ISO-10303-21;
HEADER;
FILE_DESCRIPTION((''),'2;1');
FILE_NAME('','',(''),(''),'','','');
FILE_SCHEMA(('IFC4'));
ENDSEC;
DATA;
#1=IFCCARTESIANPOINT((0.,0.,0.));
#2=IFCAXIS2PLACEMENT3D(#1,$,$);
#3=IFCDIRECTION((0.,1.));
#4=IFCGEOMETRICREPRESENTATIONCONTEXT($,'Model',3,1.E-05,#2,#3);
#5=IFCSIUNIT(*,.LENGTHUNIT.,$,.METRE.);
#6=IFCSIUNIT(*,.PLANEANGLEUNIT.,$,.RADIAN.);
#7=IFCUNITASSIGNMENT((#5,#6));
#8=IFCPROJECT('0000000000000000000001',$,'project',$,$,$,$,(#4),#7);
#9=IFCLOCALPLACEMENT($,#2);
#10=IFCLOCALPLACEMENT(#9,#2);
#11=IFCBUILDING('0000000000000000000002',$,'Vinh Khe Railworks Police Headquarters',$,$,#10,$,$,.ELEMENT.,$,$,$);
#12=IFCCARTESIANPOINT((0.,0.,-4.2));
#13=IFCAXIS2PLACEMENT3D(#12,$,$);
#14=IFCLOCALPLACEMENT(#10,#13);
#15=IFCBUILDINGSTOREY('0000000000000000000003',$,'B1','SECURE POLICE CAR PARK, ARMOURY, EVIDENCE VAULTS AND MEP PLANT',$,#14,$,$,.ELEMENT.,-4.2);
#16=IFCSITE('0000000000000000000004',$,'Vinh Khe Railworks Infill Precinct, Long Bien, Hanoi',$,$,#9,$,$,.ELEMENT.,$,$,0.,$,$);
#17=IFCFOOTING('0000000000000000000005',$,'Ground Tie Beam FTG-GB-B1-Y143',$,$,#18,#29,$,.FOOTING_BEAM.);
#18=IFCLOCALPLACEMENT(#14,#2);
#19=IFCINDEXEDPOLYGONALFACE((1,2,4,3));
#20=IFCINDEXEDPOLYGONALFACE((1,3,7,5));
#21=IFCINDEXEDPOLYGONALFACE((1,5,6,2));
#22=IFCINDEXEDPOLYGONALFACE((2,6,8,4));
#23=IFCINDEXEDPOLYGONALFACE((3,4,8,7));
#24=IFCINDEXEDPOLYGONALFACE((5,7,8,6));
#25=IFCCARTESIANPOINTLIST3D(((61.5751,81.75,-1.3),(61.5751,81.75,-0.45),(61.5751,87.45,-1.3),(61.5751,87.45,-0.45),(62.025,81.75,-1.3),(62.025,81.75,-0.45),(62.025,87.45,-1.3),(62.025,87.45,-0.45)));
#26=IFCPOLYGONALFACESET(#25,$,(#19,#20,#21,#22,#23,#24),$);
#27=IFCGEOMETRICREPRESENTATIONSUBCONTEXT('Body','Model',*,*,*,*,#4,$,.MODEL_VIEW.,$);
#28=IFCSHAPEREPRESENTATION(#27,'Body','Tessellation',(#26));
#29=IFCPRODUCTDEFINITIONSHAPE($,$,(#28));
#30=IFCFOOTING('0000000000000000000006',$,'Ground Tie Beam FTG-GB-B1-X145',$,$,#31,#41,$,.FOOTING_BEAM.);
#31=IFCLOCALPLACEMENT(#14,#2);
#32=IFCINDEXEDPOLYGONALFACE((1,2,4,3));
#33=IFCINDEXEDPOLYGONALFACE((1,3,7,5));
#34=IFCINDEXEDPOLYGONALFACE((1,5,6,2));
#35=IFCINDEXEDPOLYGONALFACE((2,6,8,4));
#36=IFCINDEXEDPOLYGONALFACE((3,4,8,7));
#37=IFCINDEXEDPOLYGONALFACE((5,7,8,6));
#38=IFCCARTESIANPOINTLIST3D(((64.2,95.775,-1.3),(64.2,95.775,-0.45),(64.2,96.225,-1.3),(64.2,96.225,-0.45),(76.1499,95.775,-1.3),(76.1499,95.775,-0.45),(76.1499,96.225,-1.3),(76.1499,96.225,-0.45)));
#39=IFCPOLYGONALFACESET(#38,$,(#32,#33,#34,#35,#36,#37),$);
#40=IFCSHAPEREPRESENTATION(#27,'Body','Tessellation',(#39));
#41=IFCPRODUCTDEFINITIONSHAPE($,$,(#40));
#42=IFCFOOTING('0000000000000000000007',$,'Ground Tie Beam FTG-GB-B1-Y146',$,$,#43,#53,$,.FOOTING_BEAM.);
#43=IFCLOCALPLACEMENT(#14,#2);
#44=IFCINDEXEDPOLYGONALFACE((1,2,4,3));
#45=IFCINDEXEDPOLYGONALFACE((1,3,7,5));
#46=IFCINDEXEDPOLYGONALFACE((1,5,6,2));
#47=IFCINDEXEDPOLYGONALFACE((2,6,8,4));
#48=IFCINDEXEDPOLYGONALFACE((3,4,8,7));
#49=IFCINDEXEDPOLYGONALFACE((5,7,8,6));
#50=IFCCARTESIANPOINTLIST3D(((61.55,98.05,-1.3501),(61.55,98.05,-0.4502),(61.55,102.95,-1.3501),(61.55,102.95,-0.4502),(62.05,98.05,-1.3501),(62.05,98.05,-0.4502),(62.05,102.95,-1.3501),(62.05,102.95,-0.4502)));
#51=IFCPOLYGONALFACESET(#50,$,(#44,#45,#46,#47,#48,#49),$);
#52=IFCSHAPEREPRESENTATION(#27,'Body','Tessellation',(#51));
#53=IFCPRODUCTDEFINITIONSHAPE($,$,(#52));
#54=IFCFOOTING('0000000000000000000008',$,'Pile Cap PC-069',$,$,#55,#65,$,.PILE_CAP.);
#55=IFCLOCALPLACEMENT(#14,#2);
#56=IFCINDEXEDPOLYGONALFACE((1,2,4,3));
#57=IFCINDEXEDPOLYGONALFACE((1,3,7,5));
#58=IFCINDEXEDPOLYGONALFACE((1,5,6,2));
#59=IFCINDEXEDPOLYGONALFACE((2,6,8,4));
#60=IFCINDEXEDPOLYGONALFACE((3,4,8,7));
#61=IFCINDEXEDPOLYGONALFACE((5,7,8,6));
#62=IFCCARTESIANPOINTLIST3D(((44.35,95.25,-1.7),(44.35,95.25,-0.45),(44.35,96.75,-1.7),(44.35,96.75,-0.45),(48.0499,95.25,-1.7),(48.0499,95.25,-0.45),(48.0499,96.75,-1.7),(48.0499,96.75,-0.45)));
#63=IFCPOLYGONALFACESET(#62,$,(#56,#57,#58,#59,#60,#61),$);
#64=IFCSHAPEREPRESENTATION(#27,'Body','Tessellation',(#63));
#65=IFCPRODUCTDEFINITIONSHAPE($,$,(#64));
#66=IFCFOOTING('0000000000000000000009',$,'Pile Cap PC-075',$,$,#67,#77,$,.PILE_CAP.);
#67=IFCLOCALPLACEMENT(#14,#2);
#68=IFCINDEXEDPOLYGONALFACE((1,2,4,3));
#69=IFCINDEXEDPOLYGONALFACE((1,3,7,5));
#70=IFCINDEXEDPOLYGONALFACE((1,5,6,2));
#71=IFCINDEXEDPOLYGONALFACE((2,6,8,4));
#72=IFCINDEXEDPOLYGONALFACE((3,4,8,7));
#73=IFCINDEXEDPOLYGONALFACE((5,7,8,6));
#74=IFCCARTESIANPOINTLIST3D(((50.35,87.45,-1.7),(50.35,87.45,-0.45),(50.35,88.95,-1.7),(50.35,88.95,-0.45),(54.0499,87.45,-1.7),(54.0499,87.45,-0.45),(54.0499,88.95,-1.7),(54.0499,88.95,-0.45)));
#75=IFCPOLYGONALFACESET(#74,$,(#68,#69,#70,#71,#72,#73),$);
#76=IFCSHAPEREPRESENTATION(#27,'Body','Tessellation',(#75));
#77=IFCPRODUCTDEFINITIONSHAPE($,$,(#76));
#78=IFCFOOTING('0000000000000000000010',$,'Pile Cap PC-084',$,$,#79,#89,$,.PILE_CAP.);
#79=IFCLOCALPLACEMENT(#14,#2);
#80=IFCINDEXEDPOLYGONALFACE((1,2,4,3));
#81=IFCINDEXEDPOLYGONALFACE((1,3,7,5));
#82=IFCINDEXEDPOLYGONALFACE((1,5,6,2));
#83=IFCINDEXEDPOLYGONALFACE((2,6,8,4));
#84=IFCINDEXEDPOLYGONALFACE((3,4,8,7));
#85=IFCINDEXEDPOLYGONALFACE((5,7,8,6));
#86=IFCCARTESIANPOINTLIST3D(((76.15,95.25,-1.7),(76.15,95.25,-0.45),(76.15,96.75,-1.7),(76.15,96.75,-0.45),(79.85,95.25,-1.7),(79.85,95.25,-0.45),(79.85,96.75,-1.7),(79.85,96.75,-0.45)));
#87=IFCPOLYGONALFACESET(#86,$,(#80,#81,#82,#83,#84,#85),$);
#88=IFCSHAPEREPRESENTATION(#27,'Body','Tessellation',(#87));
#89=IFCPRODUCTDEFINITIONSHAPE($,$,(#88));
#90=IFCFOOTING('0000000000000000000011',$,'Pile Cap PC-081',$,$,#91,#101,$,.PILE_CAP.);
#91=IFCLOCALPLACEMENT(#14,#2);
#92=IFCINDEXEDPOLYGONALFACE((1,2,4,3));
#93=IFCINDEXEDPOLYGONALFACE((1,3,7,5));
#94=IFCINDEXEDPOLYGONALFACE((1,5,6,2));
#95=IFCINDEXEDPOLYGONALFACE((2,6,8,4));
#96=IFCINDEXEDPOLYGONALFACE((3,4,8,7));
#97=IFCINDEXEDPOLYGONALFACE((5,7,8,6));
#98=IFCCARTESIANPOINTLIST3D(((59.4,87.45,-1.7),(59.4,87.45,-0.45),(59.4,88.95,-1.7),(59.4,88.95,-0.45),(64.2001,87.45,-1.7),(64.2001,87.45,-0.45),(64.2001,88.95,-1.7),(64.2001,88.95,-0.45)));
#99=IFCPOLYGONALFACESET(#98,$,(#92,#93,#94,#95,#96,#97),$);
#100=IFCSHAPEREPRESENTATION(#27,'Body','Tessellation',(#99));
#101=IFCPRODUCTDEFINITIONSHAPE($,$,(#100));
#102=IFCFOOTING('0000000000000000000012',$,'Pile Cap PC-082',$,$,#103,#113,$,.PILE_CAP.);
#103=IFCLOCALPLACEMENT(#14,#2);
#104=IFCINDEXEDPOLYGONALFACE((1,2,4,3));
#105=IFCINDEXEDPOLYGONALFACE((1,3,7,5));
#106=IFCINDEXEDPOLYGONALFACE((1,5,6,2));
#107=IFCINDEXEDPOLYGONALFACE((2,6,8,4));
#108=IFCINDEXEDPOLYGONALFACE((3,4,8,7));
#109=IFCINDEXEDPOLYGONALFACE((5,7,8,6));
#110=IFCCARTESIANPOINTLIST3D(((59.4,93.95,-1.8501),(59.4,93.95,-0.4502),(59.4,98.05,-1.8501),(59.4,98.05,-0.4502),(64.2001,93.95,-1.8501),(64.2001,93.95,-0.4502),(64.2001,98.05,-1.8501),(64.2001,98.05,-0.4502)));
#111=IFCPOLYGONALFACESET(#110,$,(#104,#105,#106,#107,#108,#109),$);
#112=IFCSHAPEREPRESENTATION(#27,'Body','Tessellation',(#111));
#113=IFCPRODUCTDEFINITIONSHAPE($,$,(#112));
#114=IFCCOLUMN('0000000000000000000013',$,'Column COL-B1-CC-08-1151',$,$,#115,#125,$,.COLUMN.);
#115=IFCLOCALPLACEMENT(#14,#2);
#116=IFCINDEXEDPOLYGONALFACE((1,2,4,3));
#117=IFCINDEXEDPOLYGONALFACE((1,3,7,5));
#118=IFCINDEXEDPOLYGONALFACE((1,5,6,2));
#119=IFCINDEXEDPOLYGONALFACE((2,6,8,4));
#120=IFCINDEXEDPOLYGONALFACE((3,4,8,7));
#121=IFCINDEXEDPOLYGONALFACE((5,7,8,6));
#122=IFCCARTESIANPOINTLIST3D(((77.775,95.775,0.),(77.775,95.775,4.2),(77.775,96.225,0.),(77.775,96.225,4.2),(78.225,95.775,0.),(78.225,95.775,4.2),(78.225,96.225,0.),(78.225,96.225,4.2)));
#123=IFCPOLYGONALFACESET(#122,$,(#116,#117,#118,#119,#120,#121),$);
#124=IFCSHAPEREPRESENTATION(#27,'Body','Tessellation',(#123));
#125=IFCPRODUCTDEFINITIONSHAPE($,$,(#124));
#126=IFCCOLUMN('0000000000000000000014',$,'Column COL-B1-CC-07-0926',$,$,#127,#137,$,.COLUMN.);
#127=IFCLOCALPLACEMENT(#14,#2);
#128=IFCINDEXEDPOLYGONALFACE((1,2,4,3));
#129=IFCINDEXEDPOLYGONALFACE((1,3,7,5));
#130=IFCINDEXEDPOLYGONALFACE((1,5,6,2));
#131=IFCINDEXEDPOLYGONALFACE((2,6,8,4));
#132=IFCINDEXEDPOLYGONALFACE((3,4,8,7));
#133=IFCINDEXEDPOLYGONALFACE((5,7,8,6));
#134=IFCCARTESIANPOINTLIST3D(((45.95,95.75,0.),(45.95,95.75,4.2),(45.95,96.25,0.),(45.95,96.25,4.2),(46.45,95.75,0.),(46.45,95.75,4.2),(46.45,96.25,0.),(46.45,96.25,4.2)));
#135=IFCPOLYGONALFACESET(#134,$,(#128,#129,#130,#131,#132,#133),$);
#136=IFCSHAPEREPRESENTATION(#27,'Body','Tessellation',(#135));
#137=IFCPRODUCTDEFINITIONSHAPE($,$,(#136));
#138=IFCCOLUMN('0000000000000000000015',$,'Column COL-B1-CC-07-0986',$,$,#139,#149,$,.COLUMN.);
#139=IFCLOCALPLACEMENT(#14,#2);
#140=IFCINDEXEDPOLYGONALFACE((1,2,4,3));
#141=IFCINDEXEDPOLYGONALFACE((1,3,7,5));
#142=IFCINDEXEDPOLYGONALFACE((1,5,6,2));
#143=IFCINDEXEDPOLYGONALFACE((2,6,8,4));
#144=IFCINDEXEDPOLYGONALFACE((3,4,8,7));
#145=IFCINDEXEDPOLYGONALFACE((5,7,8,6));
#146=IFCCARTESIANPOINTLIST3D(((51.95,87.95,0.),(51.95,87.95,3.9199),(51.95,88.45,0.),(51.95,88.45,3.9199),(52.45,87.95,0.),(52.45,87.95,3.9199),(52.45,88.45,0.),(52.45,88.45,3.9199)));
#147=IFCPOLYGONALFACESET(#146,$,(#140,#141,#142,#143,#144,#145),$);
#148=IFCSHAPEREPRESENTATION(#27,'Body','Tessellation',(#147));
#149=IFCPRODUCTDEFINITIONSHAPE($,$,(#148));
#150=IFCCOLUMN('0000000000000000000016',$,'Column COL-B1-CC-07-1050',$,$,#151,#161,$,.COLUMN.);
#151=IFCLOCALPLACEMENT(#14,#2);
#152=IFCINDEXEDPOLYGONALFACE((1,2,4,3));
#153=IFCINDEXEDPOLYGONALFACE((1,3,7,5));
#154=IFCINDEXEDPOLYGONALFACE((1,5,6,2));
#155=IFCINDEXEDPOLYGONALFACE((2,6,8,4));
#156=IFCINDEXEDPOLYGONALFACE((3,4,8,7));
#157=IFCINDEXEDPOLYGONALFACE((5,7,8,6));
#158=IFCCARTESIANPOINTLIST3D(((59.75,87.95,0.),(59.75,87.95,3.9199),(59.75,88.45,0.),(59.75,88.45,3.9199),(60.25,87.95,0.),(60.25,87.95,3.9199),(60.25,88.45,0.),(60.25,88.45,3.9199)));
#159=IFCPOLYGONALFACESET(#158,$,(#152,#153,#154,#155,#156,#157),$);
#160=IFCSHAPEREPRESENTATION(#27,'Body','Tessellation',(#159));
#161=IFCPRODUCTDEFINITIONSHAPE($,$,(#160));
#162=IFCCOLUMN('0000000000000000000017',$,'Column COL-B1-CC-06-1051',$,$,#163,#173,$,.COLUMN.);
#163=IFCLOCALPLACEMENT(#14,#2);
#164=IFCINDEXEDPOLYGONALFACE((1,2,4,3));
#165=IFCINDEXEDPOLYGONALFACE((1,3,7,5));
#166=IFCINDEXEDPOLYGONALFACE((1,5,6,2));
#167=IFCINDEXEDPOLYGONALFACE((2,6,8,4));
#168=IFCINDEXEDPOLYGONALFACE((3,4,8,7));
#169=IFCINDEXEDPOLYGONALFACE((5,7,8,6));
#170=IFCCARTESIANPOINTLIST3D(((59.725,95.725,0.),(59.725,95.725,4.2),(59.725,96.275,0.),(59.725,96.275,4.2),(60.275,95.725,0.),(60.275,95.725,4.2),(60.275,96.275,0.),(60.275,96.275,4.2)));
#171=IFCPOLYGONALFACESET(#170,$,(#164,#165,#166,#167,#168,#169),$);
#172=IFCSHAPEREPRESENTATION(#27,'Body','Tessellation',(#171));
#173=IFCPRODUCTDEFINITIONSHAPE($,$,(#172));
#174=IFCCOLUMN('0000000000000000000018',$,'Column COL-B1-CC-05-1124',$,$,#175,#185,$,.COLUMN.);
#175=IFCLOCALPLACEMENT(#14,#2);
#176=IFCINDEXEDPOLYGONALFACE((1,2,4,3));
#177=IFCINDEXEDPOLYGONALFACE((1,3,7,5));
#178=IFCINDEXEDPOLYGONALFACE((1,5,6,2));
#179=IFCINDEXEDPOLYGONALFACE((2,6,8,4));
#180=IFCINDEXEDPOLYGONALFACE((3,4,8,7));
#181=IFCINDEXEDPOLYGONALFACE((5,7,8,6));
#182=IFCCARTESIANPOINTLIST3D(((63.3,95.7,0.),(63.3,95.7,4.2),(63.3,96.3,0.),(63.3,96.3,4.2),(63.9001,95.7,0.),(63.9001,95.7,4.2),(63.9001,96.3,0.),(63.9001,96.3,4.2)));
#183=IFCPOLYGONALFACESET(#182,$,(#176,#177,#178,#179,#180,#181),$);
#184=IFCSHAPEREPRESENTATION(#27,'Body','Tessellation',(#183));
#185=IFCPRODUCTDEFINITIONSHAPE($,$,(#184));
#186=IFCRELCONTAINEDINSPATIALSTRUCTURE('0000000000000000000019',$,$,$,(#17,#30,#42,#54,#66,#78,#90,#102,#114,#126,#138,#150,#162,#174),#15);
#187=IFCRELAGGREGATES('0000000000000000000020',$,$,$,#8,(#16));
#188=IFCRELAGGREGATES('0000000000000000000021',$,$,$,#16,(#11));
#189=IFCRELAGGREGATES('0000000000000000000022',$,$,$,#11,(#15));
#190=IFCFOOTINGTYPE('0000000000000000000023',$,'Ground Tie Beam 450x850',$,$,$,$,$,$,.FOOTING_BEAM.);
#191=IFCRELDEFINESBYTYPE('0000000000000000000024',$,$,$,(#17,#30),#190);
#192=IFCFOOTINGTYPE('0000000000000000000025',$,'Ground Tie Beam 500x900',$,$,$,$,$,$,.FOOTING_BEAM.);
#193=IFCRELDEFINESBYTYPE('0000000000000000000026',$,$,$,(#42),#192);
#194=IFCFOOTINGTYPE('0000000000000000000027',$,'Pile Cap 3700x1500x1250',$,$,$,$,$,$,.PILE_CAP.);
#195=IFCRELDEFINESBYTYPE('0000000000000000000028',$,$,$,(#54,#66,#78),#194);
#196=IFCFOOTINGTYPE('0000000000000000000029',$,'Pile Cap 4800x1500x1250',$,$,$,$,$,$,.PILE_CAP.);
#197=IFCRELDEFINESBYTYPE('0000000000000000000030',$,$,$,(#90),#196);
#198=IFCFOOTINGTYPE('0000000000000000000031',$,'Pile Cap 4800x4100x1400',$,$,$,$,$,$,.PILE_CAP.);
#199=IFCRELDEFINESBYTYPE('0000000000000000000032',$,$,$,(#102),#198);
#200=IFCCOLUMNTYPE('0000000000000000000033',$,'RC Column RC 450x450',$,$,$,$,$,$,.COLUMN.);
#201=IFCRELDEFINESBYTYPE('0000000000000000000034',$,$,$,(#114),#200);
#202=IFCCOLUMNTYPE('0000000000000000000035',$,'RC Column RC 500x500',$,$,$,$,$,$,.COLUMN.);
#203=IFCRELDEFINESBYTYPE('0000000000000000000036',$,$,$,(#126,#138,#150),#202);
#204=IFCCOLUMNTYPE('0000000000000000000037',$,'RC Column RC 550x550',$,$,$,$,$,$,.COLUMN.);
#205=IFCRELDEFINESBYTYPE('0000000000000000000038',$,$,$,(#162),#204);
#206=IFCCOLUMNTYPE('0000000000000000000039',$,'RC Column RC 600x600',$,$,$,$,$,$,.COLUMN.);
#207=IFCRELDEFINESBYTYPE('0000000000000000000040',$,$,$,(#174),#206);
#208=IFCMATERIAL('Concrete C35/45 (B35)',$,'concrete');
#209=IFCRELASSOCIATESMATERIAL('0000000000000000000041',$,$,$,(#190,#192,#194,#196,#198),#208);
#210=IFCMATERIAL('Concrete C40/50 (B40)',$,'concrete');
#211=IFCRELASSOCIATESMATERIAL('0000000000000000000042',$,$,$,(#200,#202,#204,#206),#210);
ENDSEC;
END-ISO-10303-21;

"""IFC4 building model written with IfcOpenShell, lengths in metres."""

from ifc_helpers import new_model, si_unit, direction, frame, origin, origin_2d, place, context, subcontext, project, spatial, rectangle, extrude, material, material_profile, profile_set, type_object, element, save


model = new_model("IFC4")

# Units and contexts
model_context = context("Model", 3, precision=1e-05, world=origin(), true_north=direction((0.0, 1.0)))
body_context = subcontext(model_context, "Body", "Model", "MODEL_VIEW")
ifc_project = project(units=[si_unit("LENGTHUNIT", "METRE"), si_unit("PLANEANGLEUNIT", "RADIAN")], contexts=[model_context])

# Site, building, storey
site_placement = place(None, origin())
site = spatial("IfcSite", under=ifc_project, at=site_placement, Name="Vinh Khe Railworks Infill Precinct, Long Bien, Hanoi", CompositionType="ELEMENT", RefElevation=0.0)
building_placement = place(site_placement, origin())
building = spatial("IfcBuilding", under=site, at=building_placement, Name="Vinh Khe Railworks Police Headquarters", CompositionType="ELEMENT")
storey_placement = place(building_placement, frame((0.0, 0.0, -4.2)))
storey = spatial("IfcBuildingStorey", under=building, at=storey_placement, Name="B1", Description="SECURE POLICE CAR PARK, ARMOURY, EVIDENCE VAULTS AND MEP PLANT", CompositionType="ELEMENT", Elevation=-4.2)

# Shared definitions
ifc_material_1 = material(Name="Concrete C35/45 (B35)", Category="concrete")

# Footings
ifc_material_profile_1 = material_profile(ifc_material_1, rectangle(XDim=0.45, YDim=0.8501, at=origin_2d()), Name="RC 450x850")
ifc_profile_set_1 = profile_set([ifc_material_profile_1], Name="Concrete C35/45 (B35)")
footing_type_1 = type_object("IfcFootingType", Name="Ground Tie Beam 450x850", PredefinedType="FOOTING_BEAM", material=ifc_profile_set_1)
for number, where, z_axis, x_axis, name in (
    (1, (61.8, 81.75, -0.875), (0.0, 1.0, 0.0), (-1.0, 0.0, 0.0), "Ground Tie Beam FTG-GB-B1-Y143"),
):
    element("IfcFooting", number, at=place(storey_placement, frame(where, z_axis=z_axis, x_axis=x_axis)), inside=storey, type_object=footing_type_1, Name=name, PredefinedType="FOOTING_BEAM", context=body_context, shape_type="SweptSolid", body=[
        extrude(rectangle(XDim=0.45, YDim=0.8501, at=origin_2d()), origin(), (0.0, 0.0, 1.0), 5.7),
    ])
footing_1_placement = place(storey_placement, frame((64.2, 96.0, -0.875), z_axis=(1.0, 0.0, 0.0), x_axis=(0.0, 1.0, 0.0)))
element("IfcFooting", 2, at=footing_1_placement, inside=storey, type_object=footing_type_1, Name="Ground Tie Beam FTG-GB-B1-X145", PredefinedType="FOOTING_BEAM", context=body_context, shape_type="SweptSolid", body=[
    extrude(rectangle(XDim=0.45, YDim=0.8501, at=origin_2d()), origin(), (0.0, 0.0, 1.0), 11.95),
])
ifc_material_profile_2 = material_profile(ifc_material_1, rectangle(XDim=0.5, YDim=0.8999, at=origin_2d()), Name="RC 500x900")
ifc_profile_set_2 = profile_set([ifc_material_profile_2], Name="Concrete C35/45 (B35)")
footing_type_2 = type_object("IfcFootingType", Name="Ground Tie Beam 500x900", PredefinedType="FOOTING_BEAM", material=ifc_profile_set_2)
footing_2_placement = place(storey_placement, frame((61.8, 98.05, -0.9001), z_axis=(0.0, 1.0, 0.0), x_axis=(-1.0, 0.0, 0.0)))
element("IfcFooting", 3, at=footing_2_placement, inside=storey, type_object=footing_type_2, Name="Ground Tie Beam FTG-GB-B1-Y146", PredefinedType="FOOTING_BEAM", context=body_context, shape_type="SweptSolid", body=[
    extrude(rectangle(XDim=0.5, YDim=0.8999, at=origin_2d()), origin(), (0.0, 0.0, 1.0), 4.8999),
])
footing_type_3 = type_object("IfcFootingType", Name="Pile Cap 3700x1500x1250", PredefinedType="PILE_CAP", material=ifc_material_1)
for number, where, z_axis, x_axis, name in (
    (4, (46.2, 96.0, -1.7), (0.0, 0.0, 1.0), (1.0, 0.0, 0.0), "Pile Cap PC-069"),
    (5, (52.2, 88.2, -1.7), (0.0, 0.0, 1.0), (1.0, 0.0, 0.0), "Pile Cap PC-075"),
    (6, (78.0, 96.0, -1.7), (0.0, 0.0, 1.0), (1.0, 0.0, 0.0), "Pile Cap PC-084"),
):
    element("IfcFooting", number, at=place(storey_placement, frame(where, z_axis=z_axis, x_axis=x_axis)), inside=storey, type_object=footing_type_3, Name=name, PredefinedType="PILE_CAP", context=body_context, shape_type="SweptSolid", body=[
        extrude(rectangle(XDim=3.7, YDim=1.5, at=origin_2d()), origin(), (0.0, 0.0, 1.0), 1.25),
    ])
footing_type_4 = type_object("IfcFootingType", Name="Pile Cap 4800x1500x1250", PredefinedType="PILE_CAP", material=ifc_material_1)
footing_3_placement = place(storey_placement, frame((61.8, 88.2, -1.7), z_axis=(0.0, 0.0, 1.0), x_axis=(1.0, 0.0, 0.0)))
element("IfcFooting", 7, at=footing_3_placement, inside=storey, type_object=footing_type_4, Name="Pile Cap PC-081", PredefinedType="PILE_CAP", context=body_context, shape_type="SweptSolid", body=[
    extrude(rectangle(XDim=4.8, YDim=1.5, at=origin_2d()), origin(), (0.0, 0.0, 1.0), 1.25),
])
footing_type_5 = type_object("IfcFootingType", Name="Pile Cap 4800x4100x1400", PredefinedType="PILE_CAP", material=ifc_material_1)
footing_4_placement = place(storey_placement, frame((61.8, 96.0, -1.8501), z_axis=(0.0, 0.0, 1.0), x_axis=(1.0, 0.0, 0.0)))
element("IfcFooting", 8, at=footing_4_placement, inside=storey, type_object=footing_type_5, Name="Pile Cap PC-082", PredefinedType="PILE_CAP", context=body_context, shape_type="SweptSolid", body=[
    extrude(rectangle(XDim=4.8, YDim=4.1001, at=origin_2d()), origin(), (0.0, 0.0, 1.0), 1.3999),
])

# Columns
ifc_material_2 = material(Name="Concrete C40/50 (B40)", Category="concrete")
ifc_material_profile_3 = material_profile(ifc_material_2, rectangle(XDim=0.45, YDim=0.45, at=origin_2d()), Name="RC 450x450")
ifc_profile_set_3 = profile_set([ifc_material_profile_3], Name="Concrete C40/50 (B40)")
column_type_1 = type_object("IfcColumnType", Name="RC Column RC 450x450", PredefinedType="COLUMN", material=ifc_profile_set_3)
column_1_placement = place(storey_placement, frame((78.0, 96.0, 0.0), z_axis=(0.0, 0.0, 1.0), x_axis=(1.0, 0.0, 0.0)))
element("IfcColumn", 9, at=column_1_placement, inside=storey, type_object=column_type_1, Name="Column COL-B1-CC-08-1151", PredefinedType="COLUMN", context=body_context, shape_type="SweptSolid", body=[
    extrude(rectangle(XDim=0.45, YDim=0.45, at=origin_2d()), origin(), (0.0, 0.0, 1.0), 4.2),
])
ifc_material_profile_4 = material_profile(ifc_material_2, rectangle(XDim=0.5, YDim=0.5, at=origin_2d()), Name="RC 500x500")
ifc_profile_set_4 = profile_set([ifc_material_profile_4], Name="Concrete C40/50 (B40)")
column_type_2 = type_object("IfcColumnType", Name="RC Column RC 500x500", PredefinedType="COLUMN", material=ifc_profile_set_4)
column_2_placement = place(storey_placement, frame((46.2, 96.0, 0.0), z_axis=(0.0, 0.0, 1.0), x_axis=(1.0, 0.0, 0.0)))
element("IfcColumn", 10, at=column_2_placement, inside=storey, type_object=column_type_2, Name="Column COL-B1-CC-07-0926", PredefinedType="COLUMN", context=body_context, shape_type="SweptSolid", body=[
    extrude(rectangle(XDim=0.5, YDim=0.5, at=origin_2d()), origin(), (0.0, 0.0, 1.0), 4.2),
])
for number, where, z_axis, x_axis, name in (
    (11, (52.2, 88.2, 0.0), (0.0, 0.0, 1.0), (1.0, 0.0, 0.0), "Column COL-B1-CC-07-0986"),
    (12, (60.0, 88.2, 0.0), (0.0, 0.0, 1.0), (1.0, 0.0, 0.0), "Column COL-B1-CC-07-1050"),
):
    element("IfcColumn", number, at=place(storey_placement, frame(where, z_axis=z_axis, x_axis=x_axis)), inside=storey, type_object=column_type_2, Name=name, PredefinedType="COLUMN", context=body_context, shape_type="SweptSolid", body=[
        extrude(rectangle(XDim=0.5, YDim=0.5, at=origin_2d()), origin(), (0.0, 0.0, 1.0), 3.9199),
    ])
ifc_material_profile_5 = material_profile(ifc_material_2, rectangle(XDim=0.55, YDim=0.55, at=origin_2d()), Name="RC 550x550")
ifc_profile_set_5 = profile_set([ifc_material_profile_5], Name="Concrete C40/50 (B40)")
column_type_3 = type_object("IfcColumnType", Name="RC Column RC 550x550", PredefinedType="COLUMN", material=ifc_profile_set_5)
column_3_placement = place(storey_placement, frame((60.0, 96.0, 0.0), z_axis=(0.0, 0.0, 1.0), x_axis=(1.0, 0.0, 0.0)))
element("IfcColumn", 13, at=column_3_placement, inside=storey, type_object=column_type_3, Name="Column COL-B1-CC-06-1051", PredefinedType="COLUMN", context=body_context, shape_type="SweptSolid", body=[
    extrude(rectangle(XDim=0.55, YDim=0.55, at=origin_2d()), origin(), (0.0, 0.0, 1.0), 4.2),
])
ifc_material_profile_6 = material_profile(ifc_material_2, rectangle(XDim=0.6001, YDim=0.6001, at=origin_2d()), Name="RC 600x600")
ifc_profile_set_6 = profile_set([ifc_material_profile_6], Name="Concrete C40/50 (B40)")
column_type_4 = type_object("IfcColumnType", Name="RC Column RC 600x600", PredefinedType="COLUMN", material=ifc_profile_set_6)
column_4_placement = place(storey_placement, frame((63.6001, 96.0, 0.0), z_axis=(0.0, 0.0, 1.0), x_axis=(1.0, 0.0, 0.0)))
element("IfcColumn", 14, at=column_4_placement, inside=storey, type_object=column_type_4, Name="Column COL-B1-CC-05-1124", PredefinedType="COLUMN", context=body_context, shape_type="SweptSolid", body=[
    extrude(rectangle(XDim=0.6001, YDim=0.6001, at=origin_2d()), origin(), (0.0, 0.0, 1.0), 4.2),
])

save(model, "model.ifc")
